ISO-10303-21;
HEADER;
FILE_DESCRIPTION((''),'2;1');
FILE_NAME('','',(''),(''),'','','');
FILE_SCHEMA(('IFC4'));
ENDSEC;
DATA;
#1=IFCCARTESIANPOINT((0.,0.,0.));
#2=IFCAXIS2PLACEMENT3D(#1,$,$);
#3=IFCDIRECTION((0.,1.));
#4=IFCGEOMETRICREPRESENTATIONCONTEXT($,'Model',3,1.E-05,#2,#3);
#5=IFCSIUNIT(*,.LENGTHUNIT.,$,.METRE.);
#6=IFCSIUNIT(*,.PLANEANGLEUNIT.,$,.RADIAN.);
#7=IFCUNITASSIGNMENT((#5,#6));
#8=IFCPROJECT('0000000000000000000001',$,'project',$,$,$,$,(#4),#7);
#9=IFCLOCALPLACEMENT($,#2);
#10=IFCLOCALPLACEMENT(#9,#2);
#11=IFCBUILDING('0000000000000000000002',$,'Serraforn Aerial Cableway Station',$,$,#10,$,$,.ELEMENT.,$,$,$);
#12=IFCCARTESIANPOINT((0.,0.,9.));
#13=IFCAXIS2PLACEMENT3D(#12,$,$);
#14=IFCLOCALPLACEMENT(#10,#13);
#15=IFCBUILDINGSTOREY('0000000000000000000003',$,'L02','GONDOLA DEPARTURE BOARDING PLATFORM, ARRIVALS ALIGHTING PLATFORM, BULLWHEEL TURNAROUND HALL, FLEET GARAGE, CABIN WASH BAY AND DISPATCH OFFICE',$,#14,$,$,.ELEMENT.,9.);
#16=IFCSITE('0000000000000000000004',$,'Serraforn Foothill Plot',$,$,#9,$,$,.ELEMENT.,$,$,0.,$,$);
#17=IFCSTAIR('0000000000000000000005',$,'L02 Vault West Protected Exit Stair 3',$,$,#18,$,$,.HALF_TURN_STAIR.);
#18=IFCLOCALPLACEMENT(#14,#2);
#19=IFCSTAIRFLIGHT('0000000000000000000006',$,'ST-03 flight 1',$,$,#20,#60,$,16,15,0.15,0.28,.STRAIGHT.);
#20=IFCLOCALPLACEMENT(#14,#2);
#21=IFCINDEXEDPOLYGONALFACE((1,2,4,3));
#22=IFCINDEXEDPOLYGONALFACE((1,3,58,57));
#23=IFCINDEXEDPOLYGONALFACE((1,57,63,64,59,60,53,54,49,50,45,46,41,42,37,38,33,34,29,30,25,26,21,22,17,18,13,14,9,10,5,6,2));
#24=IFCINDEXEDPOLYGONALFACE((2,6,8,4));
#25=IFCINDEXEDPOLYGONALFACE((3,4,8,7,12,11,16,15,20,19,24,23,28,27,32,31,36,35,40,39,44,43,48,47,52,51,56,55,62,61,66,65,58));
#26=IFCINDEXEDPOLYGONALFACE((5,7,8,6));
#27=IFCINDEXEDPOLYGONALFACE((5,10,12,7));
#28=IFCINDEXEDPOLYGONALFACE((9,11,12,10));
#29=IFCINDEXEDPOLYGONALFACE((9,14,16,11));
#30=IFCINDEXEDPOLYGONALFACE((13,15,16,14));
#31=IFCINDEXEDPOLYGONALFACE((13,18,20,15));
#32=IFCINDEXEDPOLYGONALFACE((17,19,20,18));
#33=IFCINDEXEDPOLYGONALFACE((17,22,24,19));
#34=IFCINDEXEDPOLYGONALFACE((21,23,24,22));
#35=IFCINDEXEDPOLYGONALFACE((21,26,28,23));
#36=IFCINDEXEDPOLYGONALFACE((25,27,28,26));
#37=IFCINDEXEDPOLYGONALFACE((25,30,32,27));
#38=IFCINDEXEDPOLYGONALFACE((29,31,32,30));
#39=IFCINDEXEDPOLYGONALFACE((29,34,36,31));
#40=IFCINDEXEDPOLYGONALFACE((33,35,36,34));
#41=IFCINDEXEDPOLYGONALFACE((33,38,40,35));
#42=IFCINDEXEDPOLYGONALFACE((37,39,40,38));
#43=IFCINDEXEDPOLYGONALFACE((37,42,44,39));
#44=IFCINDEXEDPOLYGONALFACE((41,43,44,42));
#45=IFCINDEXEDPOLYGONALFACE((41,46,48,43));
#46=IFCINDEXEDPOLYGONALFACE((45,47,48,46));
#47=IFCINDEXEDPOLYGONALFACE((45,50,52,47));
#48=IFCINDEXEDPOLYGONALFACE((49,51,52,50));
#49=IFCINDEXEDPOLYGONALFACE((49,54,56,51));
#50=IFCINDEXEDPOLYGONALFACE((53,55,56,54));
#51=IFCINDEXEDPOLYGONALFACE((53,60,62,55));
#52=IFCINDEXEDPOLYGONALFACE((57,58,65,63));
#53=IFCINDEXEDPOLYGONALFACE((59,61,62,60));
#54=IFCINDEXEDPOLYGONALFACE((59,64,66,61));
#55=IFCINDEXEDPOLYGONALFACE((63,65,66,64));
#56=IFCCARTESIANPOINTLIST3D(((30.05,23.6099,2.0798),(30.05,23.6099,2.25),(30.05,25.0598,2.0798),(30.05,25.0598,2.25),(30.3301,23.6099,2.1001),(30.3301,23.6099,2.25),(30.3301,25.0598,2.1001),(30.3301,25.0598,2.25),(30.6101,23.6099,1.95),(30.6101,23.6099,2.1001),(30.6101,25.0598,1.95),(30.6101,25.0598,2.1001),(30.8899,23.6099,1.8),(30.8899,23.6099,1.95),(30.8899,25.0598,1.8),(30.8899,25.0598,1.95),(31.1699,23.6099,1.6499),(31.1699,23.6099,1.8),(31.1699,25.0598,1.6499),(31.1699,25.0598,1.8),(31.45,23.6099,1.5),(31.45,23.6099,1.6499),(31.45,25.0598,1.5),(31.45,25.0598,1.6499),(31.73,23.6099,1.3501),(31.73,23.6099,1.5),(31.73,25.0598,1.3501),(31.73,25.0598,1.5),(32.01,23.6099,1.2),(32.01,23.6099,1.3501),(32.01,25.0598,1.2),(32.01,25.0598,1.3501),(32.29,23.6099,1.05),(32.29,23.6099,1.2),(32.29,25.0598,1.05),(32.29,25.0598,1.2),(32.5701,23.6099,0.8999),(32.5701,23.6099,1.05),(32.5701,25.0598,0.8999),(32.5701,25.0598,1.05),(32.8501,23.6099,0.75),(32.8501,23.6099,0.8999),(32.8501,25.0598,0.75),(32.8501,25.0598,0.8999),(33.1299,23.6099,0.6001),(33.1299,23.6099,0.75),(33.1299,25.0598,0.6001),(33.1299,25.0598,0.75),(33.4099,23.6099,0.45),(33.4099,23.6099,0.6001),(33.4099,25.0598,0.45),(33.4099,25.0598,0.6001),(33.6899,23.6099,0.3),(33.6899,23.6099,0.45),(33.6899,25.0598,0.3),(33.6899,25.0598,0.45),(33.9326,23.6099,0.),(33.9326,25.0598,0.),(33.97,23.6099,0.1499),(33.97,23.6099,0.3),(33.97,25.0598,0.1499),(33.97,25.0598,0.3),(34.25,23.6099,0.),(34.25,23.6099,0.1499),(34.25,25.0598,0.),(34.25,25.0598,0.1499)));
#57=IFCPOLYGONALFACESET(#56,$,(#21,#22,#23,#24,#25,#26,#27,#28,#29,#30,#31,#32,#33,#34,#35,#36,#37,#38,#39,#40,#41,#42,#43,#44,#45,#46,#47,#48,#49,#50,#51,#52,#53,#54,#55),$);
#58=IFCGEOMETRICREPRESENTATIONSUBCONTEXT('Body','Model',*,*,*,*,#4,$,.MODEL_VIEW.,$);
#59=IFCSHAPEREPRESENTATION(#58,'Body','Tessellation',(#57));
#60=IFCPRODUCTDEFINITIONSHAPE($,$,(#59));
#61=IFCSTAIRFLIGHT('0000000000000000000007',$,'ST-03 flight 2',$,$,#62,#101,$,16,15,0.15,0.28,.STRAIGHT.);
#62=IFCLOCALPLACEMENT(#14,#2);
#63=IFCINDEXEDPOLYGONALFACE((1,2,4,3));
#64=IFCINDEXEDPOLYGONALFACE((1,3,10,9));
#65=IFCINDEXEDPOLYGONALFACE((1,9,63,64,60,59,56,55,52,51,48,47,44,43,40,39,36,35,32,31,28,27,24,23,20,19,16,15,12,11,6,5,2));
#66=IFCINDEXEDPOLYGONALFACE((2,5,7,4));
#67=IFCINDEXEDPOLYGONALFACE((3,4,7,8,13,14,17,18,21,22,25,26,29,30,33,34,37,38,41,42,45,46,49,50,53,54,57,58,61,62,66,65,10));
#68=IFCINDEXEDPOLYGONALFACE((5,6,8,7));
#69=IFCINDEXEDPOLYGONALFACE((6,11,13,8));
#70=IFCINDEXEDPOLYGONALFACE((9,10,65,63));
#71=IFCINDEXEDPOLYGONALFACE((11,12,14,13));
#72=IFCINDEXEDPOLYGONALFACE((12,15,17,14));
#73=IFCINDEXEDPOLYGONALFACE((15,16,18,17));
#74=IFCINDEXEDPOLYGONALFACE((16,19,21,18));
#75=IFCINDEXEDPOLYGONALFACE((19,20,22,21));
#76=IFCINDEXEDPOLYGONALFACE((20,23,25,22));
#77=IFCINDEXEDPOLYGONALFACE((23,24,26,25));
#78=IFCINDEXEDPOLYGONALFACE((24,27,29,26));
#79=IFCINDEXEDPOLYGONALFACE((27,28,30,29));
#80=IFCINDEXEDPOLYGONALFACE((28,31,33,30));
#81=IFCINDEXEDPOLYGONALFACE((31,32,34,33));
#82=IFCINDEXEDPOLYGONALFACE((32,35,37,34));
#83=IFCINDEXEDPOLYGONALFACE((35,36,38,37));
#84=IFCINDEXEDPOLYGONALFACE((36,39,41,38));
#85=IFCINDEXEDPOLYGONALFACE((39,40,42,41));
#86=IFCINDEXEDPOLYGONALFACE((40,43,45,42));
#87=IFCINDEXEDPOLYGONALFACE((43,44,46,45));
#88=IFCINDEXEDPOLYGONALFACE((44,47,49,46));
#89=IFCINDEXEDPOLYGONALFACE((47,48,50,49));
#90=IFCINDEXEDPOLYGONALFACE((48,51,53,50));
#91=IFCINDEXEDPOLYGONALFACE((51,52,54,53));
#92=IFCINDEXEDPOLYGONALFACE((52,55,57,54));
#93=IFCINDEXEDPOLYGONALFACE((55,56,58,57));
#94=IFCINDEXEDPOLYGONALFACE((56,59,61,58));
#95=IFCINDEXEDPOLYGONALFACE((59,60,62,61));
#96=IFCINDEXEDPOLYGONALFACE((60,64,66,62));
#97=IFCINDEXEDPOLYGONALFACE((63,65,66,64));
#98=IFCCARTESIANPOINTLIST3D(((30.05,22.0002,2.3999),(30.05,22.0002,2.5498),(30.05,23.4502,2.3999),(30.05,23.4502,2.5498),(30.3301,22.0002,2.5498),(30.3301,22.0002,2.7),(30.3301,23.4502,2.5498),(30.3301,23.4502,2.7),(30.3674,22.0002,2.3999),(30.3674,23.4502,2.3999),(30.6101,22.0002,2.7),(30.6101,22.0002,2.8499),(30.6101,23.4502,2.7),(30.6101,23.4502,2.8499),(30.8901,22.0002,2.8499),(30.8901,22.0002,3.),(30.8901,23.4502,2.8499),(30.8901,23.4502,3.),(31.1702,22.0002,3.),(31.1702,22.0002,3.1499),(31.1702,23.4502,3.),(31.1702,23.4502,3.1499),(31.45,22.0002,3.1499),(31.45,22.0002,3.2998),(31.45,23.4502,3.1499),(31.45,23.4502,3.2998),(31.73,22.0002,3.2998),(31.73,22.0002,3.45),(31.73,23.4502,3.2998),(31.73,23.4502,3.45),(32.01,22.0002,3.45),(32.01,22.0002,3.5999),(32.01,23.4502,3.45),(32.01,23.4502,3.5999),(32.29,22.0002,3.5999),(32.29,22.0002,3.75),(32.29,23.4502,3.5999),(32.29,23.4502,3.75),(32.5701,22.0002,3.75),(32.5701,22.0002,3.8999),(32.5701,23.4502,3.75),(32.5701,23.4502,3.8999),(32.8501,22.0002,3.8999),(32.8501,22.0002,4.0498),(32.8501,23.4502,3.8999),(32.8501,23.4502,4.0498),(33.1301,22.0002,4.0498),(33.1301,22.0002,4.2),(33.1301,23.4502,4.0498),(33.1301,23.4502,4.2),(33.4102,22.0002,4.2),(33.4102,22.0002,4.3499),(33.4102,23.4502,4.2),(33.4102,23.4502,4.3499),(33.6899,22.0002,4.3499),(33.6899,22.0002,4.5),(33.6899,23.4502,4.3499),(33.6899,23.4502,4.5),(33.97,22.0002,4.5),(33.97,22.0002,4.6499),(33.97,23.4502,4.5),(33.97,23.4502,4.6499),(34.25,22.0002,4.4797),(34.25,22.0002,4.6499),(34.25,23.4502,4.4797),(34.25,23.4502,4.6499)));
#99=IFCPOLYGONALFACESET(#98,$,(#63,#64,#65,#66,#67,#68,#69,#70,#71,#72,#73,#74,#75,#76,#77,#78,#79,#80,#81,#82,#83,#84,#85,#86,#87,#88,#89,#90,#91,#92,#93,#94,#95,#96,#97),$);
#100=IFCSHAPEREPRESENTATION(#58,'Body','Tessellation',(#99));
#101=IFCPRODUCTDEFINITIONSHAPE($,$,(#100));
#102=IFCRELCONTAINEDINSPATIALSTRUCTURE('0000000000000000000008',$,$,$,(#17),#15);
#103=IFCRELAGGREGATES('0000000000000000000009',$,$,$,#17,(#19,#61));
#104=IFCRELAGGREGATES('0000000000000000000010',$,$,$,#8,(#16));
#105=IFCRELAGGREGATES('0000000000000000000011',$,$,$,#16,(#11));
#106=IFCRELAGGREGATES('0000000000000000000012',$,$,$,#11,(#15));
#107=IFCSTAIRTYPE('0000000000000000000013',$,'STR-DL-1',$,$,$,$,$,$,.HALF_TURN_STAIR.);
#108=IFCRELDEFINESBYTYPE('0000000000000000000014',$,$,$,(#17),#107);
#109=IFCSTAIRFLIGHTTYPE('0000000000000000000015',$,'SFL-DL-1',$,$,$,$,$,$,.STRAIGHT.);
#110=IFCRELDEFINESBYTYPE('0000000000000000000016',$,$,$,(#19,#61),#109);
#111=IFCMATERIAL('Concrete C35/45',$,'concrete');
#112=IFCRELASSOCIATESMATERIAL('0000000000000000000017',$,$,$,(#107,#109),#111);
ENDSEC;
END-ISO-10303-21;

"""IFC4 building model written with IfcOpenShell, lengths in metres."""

from ifc_helpers import new_model, si_unit, direction, frame, origin, place, context, subcontext, project, spatial, polyline, outline, extrude, material, type_object, element, aggregate, save


model = new_model("IFC4")

# Units and contexts
model_context = context("Model", 3, precision=1e-05, world=origin(), true_north=direction((0.0, 1.0)))
body_context = subcontext(model_context, "Body", "Model", "MODEL_VIEW")
ifc_project = project(units=[si_unit("LENGTHUNIT", "METRE"), si_unit("PLANEANGLEUNIT", "RADIAN")], contexts=[model_context])

# Site, building, storey
site_placement = place(None, origin())
site = spatial("IfcSite", under=ifc_project, at=site_placement, Name="Serraforn Foothill Plot", CompositionType="ELEMENT", RefElevation=0.0)
building_placement = place(site_placement, origin())
building = spatial("IfcBuilding", under=site, at=building_placement, Name="Serraforn Aerial Cableway Station", CompositionType="ELEMENT")
storey_placement = place(building_placement, frame((0.0, 0.0, 9.0)))
storey = spatial("IfcBuildingStorey", under=building, at=storey_placement, Name="L02", Description="GONDOLA DEPARTURE BOARDING PLATFORM, ARRIVALS ALIGHTING PLATFORM, BULLWHEEL TURNAROUND HALL, FLEET GARAGE, CABIN WASH BAY AND DISPATCH OFFICE", CompositionType="ELEMENT", Elevation=9.0)

# Shared definitions
ifc_material_1 = material(Name="Concrete C35/45", Category="concrete")

# Stair, stair flights
stair_type = type_object("IfcStairType", Name="STR-DL-1", PredefinedType="HALF_TURN_STAIR", material=ifc_material_1)
stair_placement = place(storey_placement, origin())
stair = element("IfcStair", 1, at=stair_placement, inside=storey, type_object=stair_type, Name="L02 Vault West Protected Exit Stair 3", PredefinedType="HALF_TURN_STAIR")
stair_flight_type = type_object("IfcStairFlightType", Name="SFL-DL-1", PredefinedType="STRAIGHT", material=ifc_material_1)
stair_flight_1_placement = place(storey_placement, frame((34.25, 24.335, 0.0), z_axis=(0.0, 0.0, 1.0), x_axis=(-1.0, 0.0, 0.0)))
stair_flight_1 = element("IfcStairFlight", 2, at=stair_flight_1_placement, type_object=stair_flight_type, Name="ST-03 flight 1", NumberOfRisers=16, NumberOfTreads=15, PredefinedType="STRAIGHT", RiserHeight=0.15, TreadLength=0.28, context=body_context, shape_type="SweptSolid", body=[
    extrude(outline(polyline([(0.0, 0.0), (0.0, 0.1499), (0.28, 0.1499), (0.28, 0.3), (0.5601, 0.3), (0.5601, 0.45), (0.8401, 0.45), (0.8401, 0.6001), (1.1201, 0.6001), (1.1201, 0.75), (1.3999, 0.75), (1.3999, 0.8999), (1.6799, 0.8999), (1.6799, 1.05), (1.96, 1.05), (1.96, 1.2), (2.24, 1.2), (2.24, 1.3501), (2.52, 1.3501), (2.52, 1.5), (2.8, 1.5), (2.8, 1.6499), (3.0801, 1.6499), (3.0801, 1.8), (3.3601, 1.8), (3.3601, 1.95), (3.6399, 1.95), (3.6399, 2.1001), (3.9199, 2.1001), (3.9199, 2.25), (4.2, 2.25), (4.2, 2.3999), (4.2, 2.0798), (0.3174, 0.0), (0.0, 0.0)])), frame((0.0, 0.7251, 0.0), z_axis=(0.0, -1.0, 0.0), x_axis=(1.0, 0.0, 0.0)), (0.0, 0.0, 1.0), 1.45),
])
stair_flight_2_placement = place(storey_placement, frame((30.05, 22.7251, 2.3999), z_axis=(0.0, 0.0, 1.0), x_axis=(1.0, 0.0, 0.0)))
stair_flight_2 = element("IfcStairFlight", 3, at=stair_flight_2_placement, type_object=stair_flight_type, Name="ST-03 flight 2", NumberOfRisers=16, NumberOfTreads=15, PredefinedType="STRAIGHT", RiserHeight=0.15, TreadLength=0.28, context=body_context, shape_type="SweptSolid", body=[
    extrude(outline(polyline([(0.0, 0.0), (0.0, 0.1499), (0.28, 0.1499), (0.28, 0.3), (0.5601, 0.3), (0.5601, 0.45), (0.8401, 0.45), (0.8401, 0.6001), (1.1201, 0.6001), (1.1201, 0.75), (1.3999, 0.75), (1.3999, 0.8999), (1.6799, 0.8999), (1.6799, 1.05), (1.96, 1.05), (1.96, 1.2), (2.24, 1.2), (2.24, 1.3501), (2.52, 1.3501), (2.52, 1.5), (2.8, 1.5), (2.8, 1.6499), (3.0801, 1.6499), (3.0801, 1.8), (3.3601, 1.8), (3.3601, 1.95), (3.6399, 1.95), (3.6399, 2.1001), (3.9199, 2.1001), (3.9199, 2.25), (4.2, 2.25), (4.2, 2.3999), (4.2, 2.0798), (0.3174, 0.0), (0.0, 0.0)])), frame((0.0, 0.7251, 0.0), z_axis=(0.0, -1.0, 0.0), x_axis=(1.0, 0.0, 0.0)), (0.0, 0.0, 1.0), 1.45),
])
aggregate(stair, [stair_flight_1, stair_flight_2])

save(model, "model.ifc")
